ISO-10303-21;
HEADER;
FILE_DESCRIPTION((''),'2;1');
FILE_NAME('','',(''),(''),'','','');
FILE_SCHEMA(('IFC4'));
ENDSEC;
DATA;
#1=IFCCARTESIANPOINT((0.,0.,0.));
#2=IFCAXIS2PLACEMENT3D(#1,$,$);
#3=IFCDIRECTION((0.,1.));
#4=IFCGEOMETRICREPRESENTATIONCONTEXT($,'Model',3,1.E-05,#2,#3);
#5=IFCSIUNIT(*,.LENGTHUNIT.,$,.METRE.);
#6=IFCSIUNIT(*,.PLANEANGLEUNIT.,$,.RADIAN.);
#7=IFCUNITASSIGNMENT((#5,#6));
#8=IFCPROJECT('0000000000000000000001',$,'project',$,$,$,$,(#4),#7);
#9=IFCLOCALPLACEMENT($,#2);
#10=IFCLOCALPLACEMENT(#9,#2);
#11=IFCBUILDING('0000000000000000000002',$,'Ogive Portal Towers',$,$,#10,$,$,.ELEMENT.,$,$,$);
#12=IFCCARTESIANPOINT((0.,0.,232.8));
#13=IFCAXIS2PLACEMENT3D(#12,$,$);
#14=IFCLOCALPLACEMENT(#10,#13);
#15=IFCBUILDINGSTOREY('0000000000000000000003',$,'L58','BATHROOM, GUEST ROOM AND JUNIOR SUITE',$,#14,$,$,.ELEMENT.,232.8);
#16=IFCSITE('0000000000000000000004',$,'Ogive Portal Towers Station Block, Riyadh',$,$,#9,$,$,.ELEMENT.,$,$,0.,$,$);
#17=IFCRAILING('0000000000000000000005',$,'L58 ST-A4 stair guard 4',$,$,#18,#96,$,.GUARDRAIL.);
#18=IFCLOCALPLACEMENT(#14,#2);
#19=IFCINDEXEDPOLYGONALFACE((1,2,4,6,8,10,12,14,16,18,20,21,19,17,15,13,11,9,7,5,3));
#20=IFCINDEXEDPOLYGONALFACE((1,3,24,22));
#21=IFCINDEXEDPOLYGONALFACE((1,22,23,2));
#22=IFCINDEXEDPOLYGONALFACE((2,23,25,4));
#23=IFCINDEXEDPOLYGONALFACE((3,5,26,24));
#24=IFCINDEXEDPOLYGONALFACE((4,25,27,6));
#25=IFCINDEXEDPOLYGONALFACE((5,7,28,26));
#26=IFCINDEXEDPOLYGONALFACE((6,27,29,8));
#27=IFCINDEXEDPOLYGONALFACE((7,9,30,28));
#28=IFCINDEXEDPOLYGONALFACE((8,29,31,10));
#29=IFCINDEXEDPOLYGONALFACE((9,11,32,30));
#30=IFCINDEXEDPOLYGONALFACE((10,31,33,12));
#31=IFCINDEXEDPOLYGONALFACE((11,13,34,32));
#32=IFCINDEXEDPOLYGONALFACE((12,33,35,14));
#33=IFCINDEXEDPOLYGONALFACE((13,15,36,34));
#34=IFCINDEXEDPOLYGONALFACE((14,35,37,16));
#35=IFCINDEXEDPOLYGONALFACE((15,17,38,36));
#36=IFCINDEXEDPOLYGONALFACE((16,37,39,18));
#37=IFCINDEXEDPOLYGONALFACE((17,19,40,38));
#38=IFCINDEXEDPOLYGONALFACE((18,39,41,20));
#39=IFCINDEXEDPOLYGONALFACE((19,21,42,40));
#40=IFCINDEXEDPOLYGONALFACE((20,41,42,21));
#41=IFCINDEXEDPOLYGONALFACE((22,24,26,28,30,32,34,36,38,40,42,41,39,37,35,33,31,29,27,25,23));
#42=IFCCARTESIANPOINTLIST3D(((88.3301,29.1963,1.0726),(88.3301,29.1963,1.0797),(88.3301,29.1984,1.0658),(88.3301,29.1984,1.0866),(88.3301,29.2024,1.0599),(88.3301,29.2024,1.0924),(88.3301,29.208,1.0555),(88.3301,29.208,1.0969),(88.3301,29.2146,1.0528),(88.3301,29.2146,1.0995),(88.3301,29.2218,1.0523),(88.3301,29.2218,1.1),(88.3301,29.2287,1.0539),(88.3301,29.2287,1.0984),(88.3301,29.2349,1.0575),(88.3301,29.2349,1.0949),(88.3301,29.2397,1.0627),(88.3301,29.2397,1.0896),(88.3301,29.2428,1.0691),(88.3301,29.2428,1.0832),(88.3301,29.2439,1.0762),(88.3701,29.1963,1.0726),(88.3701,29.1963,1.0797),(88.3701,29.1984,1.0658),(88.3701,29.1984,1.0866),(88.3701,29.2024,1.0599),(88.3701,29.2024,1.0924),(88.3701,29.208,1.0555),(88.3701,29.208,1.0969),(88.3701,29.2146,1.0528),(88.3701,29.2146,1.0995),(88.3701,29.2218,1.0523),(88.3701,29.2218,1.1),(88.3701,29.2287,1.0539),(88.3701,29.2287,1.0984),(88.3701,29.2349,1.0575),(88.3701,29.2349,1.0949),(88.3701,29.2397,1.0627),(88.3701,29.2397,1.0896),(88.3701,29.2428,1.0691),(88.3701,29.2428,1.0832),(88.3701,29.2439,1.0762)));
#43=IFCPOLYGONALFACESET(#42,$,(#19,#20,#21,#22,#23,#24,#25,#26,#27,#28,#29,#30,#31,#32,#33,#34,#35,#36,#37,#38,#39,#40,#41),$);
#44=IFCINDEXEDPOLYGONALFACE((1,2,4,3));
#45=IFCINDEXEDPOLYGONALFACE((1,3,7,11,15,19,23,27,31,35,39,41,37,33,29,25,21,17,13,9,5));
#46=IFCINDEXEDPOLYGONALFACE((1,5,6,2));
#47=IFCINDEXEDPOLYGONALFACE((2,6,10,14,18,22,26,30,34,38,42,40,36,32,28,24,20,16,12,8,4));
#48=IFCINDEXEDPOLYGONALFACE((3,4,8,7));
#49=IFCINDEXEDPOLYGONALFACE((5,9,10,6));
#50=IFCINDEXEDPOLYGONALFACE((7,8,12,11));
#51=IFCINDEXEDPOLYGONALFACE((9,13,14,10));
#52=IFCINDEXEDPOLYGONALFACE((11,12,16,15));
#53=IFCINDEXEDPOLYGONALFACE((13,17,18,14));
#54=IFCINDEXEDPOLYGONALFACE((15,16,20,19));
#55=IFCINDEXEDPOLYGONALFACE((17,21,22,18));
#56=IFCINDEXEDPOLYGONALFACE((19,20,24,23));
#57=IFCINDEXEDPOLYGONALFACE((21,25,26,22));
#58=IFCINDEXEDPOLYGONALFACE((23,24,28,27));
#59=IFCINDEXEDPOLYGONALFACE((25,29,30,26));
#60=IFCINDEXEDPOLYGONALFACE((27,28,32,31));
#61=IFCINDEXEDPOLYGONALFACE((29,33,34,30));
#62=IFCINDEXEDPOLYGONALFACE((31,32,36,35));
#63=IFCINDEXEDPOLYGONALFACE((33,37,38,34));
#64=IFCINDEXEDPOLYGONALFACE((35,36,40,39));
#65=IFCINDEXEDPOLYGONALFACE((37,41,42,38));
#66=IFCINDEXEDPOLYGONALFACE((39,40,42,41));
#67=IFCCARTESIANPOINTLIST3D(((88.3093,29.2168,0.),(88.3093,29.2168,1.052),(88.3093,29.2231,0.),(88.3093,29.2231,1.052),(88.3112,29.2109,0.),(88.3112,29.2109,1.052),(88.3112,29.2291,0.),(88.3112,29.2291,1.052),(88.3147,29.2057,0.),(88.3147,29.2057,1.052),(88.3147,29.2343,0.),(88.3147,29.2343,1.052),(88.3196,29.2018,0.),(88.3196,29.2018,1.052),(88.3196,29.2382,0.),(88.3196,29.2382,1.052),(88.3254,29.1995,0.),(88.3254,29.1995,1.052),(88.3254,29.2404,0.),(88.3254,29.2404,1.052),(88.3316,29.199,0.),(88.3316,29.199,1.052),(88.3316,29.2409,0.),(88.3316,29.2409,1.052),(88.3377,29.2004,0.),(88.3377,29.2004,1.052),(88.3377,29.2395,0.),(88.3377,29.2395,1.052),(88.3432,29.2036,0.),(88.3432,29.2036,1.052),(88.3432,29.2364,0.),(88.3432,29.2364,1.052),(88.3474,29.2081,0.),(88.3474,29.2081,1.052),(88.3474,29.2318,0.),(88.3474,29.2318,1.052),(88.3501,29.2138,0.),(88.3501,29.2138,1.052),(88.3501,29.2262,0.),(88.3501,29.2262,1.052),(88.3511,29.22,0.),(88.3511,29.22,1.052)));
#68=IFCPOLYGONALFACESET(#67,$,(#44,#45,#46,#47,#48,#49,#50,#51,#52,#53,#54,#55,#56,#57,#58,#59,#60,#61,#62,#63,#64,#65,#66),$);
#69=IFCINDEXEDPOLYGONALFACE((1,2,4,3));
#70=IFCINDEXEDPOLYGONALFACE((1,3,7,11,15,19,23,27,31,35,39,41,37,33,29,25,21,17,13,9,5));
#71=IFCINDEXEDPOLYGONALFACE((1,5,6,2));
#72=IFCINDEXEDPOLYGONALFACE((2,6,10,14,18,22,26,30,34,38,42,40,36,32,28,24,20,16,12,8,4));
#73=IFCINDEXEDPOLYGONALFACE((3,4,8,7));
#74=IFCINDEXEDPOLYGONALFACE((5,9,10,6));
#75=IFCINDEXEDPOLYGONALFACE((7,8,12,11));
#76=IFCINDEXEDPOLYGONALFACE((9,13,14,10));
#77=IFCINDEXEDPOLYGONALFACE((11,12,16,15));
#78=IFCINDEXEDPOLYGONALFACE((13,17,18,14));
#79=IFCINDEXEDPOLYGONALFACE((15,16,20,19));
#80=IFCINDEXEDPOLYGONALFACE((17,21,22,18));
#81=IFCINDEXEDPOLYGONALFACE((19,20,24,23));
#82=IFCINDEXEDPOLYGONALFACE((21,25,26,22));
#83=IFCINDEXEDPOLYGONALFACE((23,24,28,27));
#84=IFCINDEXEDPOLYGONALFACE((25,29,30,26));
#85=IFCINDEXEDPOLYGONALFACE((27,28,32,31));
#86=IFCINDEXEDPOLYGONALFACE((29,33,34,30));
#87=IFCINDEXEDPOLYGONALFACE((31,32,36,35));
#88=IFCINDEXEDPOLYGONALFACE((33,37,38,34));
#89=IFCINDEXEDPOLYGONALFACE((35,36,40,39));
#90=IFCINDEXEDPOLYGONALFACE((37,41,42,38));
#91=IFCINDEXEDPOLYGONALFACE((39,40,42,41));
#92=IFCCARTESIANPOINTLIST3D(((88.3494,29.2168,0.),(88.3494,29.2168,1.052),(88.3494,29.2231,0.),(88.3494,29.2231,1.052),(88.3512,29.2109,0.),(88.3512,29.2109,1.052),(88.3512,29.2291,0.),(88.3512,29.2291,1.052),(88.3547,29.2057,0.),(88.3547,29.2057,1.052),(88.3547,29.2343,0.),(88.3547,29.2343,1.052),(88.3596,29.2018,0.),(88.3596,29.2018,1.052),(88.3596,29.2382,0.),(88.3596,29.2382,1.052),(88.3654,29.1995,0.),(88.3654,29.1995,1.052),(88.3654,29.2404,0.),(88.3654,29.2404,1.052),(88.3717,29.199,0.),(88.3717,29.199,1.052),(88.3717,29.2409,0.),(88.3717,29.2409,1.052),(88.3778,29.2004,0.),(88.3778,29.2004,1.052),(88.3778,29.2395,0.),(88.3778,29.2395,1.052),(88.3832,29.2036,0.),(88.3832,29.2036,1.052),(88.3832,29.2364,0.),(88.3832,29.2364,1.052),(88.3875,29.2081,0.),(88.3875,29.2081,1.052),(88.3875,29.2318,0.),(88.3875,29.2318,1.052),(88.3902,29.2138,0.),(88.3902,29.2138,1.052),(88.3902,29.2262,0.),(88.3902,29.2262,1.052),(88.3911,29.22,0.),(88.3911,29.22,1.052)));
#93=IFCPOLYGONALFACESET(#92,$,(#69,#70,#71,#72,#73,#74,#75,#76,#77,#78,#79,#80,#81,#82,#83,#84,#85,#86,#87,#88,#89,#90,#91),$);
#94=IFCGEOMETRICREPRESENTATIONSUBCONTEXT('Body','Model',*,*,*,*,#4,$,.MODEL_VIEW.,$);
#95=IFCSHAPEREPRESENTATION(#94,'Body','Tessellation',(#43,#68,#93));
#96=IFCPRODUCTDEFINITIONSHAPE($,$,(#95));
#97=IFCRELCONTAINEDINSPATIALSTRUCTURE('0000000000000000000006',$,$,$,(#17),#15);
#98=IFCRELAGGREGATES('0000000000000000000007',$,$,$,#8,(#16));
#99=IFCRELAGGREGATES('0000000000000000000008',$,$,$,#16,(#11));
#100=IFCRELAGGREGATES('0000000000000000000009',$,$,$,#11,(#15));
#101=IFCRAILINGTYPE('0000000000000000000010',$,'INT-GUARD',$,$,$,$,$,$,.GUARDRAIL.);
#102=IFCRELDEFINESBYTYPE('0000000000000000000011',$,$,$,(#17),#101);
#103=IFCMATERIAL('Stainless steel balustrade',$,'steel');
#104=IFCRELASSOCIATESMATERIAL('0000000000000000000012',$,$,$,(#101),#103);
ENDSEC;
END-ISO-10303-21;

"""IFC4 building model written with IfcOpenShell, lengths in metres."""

from ifc_helpers import new_model, si_unit, direction, frame, origin, origin_2d, place, context, subcontext, project, spatial, circle, extrude, material, type_object, element, save


model = new_model("IFC4")

# Units and contexts
model_context = context("Model", 3, precision=1e-05, world=origin(), true_north=direction((0.0, 1.0)))
body_context = subcontext(model_context, "Body", "Model", "MODEL_VIEW")
ifc_project = project(units=[si_unit("LENGTHUNIT", "METRE"), si_unit("PLANEANGLEUNIT", "RADIAN")], contexts=[model_context])

# Site, building, storey
site_placement = place(None, origin())
site = spatial("IfcSite", under=ifc_project, at=site_placement, Name="Ogive Portal Towers Station Block, Riyadh", CompositionType="ELEMENT", RefElevation=0.0)
building_placement = place(site_placement, origin())
building = spatial("IfcBuilding", under=site, at=building_placement, Name="Ogive Portal Towers", CompositionType="ELEMENT")
storey_placement = place(building_placement, frame((0.0, 0.0, 232.8)))
storey = spatial("IfcBuildingStorey", under=building, at=storey_placement, Name="L58", Description="BATHROOM, GUEST ROOM AND JUNIOR SUITE", CompositionType="ELEMENT", Elevation=232.8)

# Railing
ifc_material_1 = material(Name="Stainless steel balustrade", Category="steel")
railing_type_1 = type_object("IfcRailingType", Name="INT-GUARD", PredefinedType="GUARDRAIL", material=ifc_material_1)
railing_1_placement = place(storey_placement, frame((88.3301, 29.22, 0.0)))
element("IfcRailing", 1, at=railing_1_placement, inside=storey, type_object=railing_type_1, Name="L58 ST-A4 stair guard 4", PredefinedType="GUARDRAIL", context=body_context, shape_type="SweptSolid", body=[
    extrude(circle(Radius=0.0239, at=origin_2d()), frame((0.0, 0.0, 1.0762), z_axis=(1.0, 0.0, 0.0), x_axis=(0.0, 1.0, 0.0)), (0.0, 0.0, 1.0), 0.04),
    extrude(circle(Radius=0.021, at=origin_2d()), origin(), (0.0, 0.0, 1.0), 1.052),
    extrude(circle(Radius=0.021, at=origin_2d()), frame((0.04, 0.0, 0.0)), (0.0, 0.0, 1.0), 1.052),
])

save(model, "model.ifc")
